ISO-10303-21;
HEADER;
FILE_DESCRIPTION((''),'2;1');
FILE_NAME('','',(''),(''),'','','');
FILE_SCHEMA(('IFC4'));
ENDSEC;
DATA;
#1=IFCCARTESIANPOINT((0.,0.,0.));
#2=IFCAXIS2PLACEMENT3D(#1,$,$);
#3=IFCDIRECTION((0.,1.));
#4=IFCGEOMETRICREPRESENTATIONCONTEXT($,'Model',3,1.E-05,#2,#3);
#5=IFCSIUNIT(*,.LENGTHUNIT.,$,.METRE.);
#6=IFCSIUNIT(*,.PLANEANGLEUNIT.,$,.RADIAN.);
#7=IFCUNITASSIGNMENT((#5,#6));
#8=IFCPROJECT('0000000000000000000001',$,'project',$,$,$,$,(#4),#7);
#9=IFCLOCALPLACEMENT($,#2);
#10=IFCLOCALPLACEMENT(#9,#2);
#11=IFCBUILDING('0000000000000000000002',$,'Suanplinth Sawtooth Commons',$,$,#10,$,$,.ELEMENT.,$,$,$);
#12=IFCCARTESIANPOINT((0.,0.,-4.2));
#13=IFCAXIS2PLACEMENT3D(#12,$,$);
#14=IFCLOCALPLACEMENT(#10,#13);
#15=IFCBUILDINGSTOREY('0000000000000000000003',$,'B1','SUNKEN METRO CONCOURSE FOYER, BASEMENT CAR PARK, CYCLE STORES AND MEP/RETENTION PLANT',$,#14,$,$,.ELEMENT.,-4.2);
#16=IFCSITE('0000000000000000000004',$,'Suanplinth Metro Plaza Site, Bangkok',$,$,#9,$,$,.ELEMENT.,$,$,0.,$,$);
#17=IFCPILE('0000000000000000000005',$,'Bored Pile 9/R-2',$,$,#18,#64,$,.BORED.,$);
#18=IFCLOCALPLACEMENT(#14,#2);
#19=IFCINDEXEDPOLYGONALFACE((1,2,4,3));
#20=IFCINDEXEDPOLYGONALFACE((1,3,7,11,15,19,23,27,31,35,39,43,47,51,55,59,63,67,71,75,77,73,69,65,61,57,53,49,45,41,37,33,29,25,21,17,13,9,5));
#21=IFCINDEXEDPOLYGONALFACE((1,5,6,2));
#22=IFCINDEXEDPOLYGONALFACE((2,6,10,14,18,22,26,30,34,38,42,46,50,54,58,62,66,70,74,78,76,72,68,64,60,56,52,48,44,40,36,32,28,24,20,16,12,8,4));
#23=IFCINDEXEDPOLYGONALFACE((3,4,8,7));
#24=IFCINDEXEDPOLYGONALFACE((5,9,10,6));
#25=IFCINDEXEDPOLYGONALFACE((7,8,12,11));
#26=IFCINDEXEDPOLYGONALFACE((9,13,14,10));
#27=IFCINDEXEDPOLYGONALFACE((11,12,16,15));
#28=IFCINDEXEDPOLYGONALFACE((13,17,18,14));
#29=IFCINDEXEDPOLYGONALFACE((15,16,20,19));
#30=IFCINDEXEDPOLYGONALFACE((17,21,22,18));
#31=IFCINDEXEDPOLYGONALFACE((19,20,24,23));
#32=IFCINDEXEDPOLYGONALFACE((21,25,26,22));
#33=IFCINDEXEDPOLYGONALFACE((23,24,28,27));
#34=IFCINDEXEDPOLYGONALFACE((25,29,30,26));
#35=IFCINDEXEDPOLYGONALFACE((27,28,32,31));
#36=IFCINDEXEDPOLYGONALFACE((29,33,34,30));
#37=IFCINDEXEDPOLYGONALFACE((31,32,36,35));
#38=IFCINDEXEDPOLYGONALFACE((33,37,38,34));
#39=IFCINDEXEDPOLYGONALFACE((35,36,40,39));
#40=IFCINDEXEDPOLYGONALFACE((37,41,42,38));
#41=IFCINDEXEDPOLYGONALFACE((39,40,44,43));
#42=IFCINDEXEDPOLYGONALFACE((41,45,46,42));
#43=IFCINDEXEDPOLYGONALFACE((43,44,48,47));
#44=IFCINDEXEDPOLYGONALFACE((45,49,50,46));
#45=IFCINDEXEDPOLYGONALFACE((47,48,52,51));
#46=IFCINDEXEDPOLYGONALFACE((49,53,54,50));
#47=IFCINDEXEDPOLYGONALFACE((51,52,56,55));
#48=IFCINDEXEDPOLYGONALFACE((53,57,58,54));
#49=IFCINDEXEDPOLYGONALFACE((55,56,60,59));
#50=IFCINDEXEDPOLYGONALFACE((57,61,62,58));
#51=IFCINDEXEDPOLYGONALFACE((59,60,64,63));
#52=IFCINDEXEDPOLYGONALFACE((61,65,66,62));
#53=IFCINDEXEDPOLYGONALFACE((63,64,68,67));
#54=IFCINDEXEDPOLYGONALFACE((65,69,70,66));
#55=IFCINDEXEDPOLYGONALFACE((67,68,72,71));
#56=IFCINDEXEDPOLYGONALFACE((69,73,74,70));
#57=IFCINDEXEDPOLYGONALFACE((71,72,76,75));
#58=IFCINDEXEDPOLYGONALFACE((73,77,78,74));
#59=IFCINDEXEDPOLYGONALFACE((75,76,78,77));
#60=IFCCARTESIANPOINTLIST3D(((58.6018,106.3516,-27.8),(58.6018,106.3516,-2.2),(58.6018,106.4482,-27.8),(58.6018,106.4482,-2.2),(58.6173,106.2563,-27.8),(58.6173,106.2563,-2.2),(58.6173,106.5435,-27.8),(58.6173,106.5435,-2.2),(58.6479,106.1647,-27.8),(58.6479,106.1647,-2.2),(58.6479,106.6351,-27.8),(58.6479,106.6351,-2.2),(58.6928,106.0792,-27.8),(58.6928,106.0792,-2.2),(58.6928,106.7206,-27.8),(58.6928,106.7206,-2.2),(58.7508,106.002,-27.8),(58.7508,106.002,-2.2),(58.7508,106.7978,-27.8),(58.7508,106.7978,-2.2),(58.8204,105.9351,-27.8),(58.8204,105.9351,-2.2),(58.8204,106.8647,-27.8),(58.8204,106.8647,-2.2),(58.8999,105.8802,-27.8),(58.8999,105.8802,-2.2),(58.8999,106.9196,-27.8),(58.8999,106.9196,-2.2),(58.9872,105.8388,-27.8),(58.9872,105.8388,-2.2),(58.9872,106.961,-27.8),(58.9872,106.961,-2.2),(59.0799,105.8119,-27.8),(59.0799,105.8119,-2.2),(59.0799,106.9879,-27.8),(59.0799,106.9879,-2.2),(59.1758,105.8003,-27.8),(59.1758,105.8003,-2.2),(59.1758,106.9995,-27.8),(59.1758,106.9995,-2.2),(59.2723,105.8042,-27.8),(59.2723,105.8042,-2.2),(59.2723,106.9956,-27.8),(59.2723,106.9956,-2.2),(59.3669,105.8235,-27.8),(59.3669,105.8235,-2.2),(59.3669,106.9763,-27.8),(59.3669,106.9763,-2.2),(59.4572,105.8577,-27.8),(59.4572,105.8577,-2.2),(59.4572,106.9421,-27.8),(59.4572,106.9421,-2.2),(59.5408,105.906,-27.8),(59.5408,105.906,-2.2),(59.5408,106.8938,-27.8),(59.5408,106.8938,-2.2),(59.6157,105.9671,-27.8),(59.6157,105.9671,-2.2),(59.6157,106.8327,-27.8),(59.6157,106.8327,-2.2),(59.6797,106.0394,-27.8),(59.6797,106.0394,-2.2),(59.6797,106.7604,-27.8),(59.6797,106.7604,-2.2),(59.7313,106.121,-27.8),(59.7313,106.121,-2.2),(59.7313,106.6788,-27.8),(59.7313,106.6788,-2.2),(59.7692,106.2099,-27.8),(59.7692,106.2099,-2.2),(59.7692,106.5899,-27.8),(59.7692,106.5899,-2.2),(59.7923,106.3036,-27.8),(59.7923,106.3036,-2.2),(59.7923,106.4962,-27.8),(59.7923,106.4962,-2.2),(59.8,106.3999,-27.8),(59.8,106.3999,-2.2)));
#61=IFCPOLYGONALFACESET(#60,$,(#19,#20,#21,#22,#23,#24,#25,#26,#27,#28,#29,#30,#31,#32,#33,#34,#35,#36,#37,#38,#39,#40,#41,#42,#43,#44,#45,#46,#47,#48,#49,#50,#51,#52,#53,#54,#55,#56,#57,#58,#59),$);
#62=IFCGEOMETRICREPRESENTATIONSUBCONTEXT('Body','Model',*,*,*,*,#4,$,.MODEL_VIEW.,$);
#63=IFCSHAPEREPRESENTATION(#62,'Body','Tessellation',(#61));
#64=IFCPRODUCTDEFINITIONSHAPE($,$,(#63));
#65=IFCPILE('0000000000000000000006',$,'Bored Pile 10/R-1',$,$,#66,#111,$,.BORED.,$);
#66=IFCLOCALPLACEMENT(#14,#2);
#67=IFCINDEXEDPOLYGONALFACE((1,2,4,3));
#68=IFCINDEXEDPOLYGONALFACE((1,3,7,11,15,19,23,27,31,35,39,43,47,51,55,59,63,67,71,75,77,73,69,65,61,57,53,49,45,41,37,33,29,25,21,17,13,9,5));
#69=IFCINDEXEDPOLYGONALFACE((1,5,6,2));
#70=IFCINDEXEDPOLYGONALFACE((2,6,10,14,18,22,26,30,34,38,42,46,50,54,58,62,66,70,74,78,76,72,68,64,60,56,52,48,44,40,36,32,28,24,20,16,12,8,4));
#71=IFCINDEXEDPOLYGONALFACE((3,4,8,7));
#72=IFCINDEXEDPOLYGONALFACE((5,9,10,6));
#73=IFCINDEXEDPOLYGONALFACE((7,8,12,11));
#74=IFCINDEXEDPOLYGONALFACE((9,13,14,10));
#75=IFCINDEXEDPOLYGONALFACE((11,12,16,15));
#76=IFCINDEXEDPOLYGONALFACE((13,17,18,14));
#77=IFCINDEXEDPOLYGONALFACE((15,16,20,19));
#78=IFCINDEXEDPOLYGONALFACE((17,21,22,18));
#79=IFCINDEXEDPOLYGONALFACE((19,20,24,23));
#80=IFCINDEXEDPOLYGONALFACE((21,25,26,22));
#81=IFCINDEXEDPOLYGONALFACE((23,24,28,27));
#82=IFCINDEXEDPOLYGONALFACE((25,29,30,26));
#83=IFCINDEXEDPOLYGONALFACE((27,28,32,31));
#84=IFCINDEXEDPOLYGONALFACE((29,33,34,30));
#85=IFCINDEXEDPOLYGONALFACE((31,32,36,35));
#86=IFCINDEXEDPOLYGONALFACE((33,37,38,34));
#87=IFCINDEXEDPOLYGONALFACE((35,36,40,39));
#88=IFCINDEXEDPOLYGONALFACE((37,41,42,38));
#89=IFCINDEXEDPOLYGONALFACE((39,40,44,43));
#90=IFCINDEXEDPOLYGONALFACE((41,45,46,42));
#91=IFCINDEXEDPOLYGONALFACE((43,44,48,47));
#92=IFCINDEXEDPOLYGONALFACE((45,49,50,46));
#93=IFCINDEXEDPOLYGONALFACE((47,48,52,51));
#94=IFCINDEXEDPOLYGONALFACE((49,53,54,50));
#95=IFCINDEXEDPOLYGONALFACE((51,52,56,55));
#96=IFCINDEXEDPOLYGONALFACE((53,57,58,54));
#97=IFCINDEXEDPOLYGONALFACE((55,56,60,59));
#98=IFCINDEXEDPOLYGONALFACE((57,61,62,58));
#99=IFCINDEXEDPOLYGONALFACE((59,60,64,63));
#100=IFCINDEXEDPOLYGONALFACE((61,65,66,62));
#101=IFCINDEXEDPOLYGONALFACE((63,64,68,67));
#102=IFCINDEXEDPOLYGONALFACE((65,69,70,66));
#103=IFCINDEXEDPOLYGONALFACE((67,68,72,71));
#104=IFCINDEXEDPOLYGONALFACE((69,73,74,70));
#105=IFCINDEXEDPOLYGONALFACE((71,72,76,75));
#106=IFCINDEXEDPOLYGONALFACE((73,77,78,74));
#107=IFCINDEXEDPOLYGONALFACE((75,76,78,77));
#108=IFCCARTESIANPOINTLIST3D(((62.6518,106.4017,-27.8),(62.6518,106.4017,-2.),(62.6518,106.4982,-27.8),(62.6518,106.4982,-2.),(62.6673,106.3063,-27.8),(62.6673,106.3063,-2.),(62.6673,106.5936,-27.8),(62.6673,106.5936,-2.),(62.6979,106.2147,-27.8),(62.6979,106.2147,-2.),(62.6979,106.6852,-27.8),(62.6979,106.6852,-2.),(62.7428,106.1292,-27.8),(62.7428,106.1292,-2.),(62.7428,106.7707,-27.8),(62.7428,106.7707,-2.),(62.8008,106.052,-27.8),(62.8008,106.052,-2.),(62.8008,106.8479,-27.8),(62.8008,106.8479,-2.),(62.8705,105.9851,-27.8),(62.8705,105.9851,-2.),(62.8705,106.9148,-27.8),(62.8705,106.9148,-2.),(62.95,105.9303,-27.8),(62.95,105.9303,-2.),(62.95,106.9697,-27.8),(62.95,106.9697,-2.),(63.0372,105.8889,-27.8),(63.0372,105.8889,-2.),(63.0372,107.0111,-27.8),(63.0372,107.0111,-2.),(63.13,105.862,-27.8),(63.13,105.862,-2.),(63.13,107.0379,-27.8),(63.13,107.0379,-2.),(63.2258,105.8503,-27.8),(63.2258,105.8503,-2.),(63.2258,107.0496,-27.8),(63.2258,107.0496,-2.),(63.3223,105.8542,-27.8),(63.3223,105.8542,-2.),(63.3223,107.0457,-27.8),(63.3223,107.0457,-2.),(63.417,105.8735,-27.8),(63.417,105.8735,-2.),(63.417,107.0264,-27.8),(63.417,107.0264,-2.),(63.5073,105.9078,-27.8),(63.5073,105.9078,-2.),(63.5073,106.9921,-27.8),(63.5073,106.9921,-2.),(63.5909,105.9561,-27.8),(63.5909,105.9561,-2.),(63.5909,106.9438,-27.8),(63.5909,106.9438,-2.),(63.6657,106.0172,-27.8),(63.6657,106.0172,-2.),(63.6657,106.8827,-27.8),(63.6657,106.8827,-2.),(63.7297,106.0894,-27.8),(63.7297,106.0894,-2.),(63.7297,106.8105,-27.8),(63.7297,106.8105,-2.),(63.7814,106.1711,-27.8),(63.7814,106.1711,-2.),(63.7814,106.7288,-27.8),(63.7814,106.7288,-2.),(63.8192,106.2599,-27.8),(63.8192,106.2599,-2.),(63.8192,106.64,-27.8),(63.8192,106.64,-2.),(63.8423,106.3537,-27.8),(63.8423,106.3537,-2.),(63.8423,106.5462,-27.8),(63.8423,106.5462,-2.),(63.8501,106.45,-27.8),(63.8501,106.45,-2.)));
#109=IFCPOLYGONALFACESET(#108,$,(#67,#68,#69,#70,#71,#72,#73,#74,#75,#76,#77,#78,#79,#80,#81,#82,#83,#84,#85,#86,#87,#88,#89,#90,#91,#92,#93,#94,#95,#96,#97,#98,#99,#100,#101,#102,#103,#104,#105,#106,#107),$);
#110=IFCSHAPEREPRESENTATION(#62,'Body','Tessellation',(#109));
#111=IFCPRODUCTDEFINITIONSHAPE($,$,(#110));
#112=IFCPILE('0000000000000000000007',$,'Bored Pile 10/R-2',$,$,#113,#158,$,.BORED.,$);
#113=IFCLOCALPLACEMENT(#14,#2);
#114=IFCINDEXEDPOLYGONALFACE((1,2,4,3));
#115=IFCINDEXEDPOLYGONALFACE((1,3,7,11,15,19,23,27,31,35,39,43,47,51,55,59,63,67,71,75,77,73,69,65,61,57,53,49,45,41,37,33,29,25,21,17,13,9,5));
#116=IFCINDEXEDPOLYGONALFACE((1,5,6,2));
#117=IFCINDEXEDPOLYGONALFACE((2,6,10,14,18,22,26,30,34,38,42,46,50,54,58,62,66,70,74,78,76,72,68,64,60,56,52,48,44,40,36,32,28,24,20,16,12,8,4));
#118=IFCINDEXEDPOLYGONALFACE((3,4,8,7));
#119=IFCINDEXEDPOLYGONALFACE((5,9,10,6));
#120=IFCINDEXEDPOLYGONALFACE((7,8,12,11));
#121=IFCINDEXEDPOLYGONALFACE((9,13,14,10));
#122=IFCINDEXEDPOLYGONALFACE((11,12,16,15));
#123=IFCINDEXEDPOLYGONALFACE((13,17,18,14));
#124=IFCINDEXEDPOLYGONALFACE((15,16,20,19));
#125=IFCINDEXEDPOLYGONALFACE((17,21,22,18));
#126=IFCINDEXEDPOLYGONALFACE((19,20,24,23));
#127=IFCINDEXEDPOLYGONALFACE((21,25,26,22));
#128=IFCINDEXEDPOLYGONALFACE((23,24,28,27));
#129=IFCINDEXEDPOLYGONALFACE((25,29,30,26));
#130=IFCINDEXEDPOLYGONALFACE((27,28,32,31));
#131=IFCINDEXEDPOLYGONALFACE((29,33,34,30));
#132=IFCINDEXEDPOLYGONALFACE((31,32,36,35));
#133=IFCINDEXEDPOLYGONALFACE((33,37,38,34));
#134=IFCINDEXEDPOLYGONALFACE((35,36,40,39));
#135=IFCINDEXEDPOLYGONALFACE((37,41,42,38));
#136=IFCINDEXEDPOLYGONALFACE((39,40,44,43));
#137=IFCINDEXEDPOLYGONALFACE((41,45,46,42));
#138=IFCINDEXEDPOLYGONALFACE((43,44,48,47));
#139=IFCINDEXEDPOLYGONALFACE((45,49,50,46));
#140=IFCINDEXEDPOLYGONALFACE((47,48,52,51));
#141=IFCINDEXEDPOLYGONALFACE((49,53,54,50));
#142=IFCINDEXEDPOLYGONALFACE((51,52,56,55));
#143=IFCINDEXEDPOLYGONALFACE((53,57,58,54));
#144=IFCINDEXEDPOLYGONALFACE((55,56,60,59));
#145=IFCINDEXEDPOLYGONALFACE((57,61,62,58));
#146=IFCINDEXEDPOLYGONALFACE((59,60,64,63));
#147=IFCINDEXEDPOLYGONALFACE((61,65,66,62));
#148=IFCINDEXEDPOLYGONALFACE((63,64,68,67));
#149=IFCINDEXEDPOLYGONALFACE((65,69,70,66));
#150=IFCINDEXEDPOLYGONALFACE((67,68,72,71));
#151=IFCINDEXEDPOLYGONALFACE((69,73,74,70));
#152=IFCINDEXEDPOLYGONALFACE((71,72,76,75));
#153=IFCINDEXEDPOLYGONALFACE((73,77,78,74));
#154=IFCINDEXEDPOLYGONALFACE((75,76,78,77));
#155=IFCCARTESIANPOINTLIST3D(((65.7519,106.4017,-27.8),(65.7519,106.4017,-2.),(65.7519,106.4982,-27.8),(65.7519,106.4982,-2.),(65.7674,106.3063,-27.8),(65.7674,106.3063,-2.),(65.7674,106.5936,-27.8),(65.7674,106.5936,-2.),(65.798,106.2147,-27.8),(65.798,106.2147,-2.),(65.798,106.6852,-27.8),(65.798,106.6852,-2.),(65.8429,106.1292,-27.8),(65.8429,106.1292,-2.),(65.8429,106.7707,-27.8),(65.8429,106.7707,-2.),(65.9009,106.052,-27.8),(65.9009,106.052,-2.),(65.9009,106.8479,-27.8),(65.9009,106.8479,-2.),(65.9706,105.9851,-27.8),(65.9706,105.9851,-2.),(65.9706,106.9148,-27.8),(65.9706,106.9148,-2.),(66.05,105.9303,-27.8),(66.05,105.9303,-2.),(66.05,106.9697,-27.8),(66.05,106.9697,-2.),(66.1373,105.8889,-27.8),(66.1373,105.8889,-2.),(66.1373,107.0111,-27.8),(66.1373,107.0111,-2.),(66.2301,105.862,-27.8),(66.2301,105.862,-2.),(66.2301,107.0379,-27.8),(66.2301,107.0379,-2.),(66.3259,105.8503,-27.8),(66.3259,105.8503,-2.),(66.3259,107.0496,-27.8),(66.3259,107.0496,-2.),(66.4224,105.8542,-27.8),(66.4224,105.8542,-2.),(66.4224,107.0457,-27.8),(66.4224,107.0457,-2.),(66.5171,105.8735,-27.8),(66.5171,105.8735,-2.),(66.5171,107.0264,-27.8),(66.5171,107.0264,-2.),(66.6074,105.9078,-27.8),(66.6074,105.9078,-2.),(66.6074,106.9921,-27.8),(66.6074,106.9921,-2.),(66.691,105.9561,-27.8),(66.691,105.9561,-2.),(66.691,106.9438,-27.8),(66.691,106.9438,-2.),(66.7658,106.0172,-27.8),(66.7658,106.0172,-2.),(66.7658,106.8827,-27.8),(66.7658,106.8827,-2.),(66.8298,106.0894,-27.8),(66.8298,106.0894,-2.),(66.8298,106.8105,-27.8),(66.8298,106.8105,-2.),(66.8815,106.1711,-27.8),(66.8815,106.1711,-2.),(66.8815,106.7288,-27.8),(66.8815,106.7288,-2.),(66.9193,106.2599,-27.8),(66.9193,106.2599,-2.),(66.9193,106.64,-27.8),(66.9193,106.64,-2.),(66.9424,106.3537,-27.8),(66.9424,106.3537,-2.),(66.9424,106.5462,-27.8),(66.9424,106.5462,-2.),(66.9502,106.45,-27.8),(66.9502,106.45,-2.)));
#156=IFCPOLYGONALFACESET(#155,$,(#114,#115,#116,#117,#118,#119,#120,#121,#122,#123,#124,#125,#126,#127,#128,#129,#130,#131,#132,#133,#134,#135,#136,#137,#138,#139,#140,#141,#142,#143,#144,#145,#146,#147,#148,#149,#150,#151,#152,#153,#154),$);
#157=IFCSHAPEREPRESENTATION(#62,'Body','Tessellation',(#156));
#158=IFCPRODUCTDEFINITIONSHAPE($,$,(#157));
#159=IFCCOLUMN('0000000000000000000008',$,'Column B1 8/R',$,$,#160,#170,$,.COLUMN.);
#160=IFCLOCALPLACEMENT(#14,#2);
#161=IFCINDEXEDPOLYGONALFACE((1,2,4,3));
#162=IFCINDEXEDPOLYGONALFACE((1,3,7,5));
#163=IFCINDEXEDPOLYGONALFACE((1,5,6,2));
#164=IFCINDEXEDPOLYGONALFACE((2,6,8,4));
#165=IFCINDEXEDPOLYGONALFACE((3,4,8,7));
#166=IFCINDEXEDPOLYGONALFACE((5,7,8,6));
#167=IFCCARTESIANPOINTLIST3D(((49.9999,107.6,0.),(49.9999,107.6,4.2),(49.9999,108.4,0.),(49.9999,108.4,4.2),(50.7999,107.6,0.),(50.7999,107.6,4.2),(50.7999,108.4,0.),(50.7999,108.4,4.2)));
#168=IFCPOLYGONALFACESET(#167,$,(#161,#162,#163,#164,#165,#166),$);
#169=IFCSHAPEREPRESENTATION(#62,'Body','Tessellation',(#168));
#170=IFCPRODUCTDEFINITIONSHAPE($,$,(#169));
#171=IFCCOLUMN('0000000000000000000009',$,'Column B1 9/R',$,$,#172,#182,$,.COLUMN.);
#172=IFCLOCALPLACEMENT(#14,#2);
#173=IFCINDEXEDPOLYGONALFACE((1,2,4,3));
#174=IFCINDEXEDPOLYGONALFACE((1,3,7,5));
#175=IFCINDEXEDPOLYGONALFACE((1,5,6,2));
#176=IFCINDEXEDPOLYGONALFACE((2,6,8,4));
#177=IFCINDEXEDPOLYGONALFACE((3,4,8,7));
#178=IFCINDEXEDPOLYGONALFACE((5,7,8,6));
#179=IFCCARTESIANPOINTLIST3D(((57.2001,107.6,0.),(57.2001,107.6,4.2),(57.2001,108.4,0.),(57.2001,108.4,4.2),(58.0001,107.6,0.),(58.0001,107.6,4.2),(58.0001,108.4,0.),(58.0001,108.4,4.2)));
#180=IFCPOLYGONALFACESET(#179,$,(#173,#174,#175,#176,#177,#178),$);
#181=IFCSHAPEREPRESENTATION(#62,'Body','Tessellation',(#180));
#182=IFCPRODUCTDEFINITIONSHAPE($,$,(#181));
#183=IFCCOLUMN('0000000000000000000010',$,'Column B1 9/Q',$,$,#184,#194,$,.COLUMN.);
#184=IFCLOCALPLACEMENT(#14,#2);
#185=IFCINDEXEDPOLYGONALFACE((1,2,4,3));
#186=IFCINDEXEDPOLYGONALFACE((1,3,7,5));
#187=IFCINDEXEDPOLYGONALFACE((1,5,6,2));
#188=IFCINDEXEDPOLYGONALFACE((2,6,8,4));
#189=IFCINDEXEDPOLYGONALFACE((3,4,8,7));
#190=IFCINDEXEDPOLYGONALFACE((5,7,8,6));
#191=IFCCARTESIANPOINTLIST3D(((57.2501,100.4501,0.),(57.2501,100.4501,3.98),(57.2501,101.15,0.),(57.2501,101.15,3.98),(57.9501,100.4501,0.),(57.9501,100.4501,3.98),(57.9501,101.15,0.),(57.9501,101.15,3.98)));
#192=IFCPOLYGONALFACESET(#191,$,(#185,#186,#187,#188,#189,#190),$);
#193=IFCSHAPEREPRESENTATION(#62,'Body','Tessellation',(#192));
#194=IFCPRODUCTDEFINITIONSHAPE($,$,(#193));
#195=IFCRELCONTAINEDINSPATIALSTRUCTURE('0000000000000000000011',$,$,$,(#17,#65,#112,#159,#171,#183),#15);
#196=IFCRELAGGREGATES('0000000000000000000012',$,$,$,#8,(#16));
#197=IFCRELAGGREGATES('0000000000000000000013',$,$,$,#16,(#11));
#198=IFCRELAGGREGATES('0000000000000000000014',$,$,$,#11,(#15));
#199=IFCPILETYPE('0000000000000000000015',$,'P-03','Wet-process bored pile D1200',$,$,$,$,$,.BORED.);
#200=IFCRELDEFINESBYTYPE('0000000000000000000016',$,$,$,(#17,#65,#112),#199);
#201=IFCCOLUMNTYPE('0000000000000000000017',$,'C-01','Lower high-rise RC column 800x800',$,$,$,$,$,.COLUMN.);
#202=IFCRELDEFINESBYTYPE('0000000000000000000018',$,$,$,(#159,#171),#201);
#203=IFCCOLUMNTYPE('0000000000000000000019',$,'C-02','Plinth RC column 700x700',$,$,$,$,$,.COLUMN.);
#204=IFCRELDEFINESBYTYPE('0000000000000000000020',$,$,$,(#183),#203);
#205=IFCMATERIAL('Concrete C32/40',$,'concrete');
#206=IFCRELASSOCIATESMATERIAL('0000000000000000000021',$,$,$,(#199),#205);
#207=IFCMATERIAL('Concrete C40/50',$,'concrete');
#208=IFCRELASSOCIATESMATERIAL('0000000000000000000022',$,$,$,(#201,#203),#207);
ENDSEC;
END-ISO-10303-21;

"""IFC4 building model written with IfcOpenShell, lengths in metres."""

from ifc_helpers import new_model, si_unit, direction, frame, origin, origin_2d, place, context, subcontext, project, spatial, rectangle, circle, extrude, material, material_profile, profile_set, type_object, element, save


model = new_model("IFC4")

# Units and contexts
model_context = context("Model", 3, precision=1e-05, world=origin(), true_north=direction((0.0, 1.0)))
body_context = subcontext(model_context, "Body", "Model", "MODEL_VIEW")
ifc_project = project(units=[si_unit("LENGTHUNIT", "METRE"), si_unit("PLANEANGLEUNIT", "RADIAN")], contexts=[model_context])

# Site, building, storey
site_placement = place(None, origin())
site = spatial("IfcSite", under=ifc_project, at=site_placement, Name="Suanplinth Metro Plaza Site, Bangkok", CompositionType="ELEMENT", RefElevation=0.0)
building_placement = place(site_placement, origin())
building = spatial("IfcBuilding", under=site, at=building_placement, Name="Suanplinth Sawtooth Commons", CompositionType="ELEMENT")
storey_placement = place(building_placement, frame((0.0, 0.0, -4.2)))
storey = spatial("IfcBuildingStorey", under=building, at=storey_placement, Name="B1", Description="SUNKEN METRO CONCOURSE FOYER, BASEMENT CAR PARK, CYCLE STORES AND MEP/RETENTION PLANT", CompositionType="ELEMENT", Elevation=-4.2)

# Piles
ifc_material_1 = material(Name="Concrete C32/40", Category="concrete")
ifc_material_profile_1 = material_profile(ifc_material_1, circle(Radius=0.6001, at=origin_2d()), Name="PILE D1200")
ifc_profile_set_1 = profile_set([ifc_material_profile_1], Name="Concrete C32/40")
pile_type_1 = type_object("IfcPileType", Name="P-03", Description="Wet-process bored pile D1200", PredefinedType="BORED", material=ifc_profile_set_1)
for number, where, z_axis, x_axis, name in (
    (1, (59.2, 106.3999, -2.2), (0.0, 0.0, -1.0), (1.0, 0.0, 0.0), "Bored Pile 9/R-2"),
):
    element("IfcPile", number, at=place(storey_placement, frame(where, z_axis=z_axis, x_axis=x_axis)), inside=storey, type_object=pile_type_1, Name=name, PredefinedType="BORED", context=body_context, shape_type="SweptSolid", body=[
        extrude(circle(Radius=0.6001, at=origin_2d()), origin(), (0.0, 0.0, 1.0), 25.6001),
    ])
for number, where, z_axis, x_axis, name in (
    (2, (63.25, 106.45, -2.0), (0.0, 0.0, -1.0), (1.0, 0.0, 0.0), "Bored Pile 10/R-1"),
    (3, (66.3501, 106.45, -2.0), (0.0, 0.0, -1.0), (1.0, 0.0, 0.0), "Bored Pile 10/R-2"),
):
    element("IfcPile", number, at=place(storey_placement, frame(where, z_axis=z_axis, x_axis=x_axis)), inside=storey, type_object=pile_type_1, Name=name, PredefinedType="BORED", context=body_context, shape_type="SweptSolid", body=[
        extrude(circle(Radius=0.6001, at=origin_2d()), origin(), (0.0, 0.0, 1.0), 25.8),
    ])

# Columns
ifc_material_2 = material(Name="Concrete C40/50", Category="concrete")
ifc_material_profile_2 = material_profile(ifc_material_2, rectangle(XDim=0.8, YDim=0.8, at=origin_2d()), Name="RC-COL 800x800")
ifc_profile_set_2 = profile_set([ifc_material_profile_2], Name="Concrete C40/50")
column_type_1 = type_object("IfcColumnType", Name="C-01", Description="Lower high-rise RC column 800x800", PredefinedType="COLUMN", material=ifc_profile_set_2)
for number, where, z_axis, x_axis, name in (
    (4, (50.3999, 108.0, 0.0), (0.0, 0.0, 1.0), (1.0, 0.0, 0.0), "Column B1 8/R"),
    (5, (57.6001, 108.0, 0.0), (0.0, 0.0, 1.0), (1.0, 0.0, 0.0), "Column B1 9/R"),
):
    element("IfcColumn", number, at=place(storey_placement, frame(where, z_axis=z_axis, x_axis=x_axis)), inside=storey, type_object=column_type_1, Name=name, PredefinedType="COLUMN", context=body_context, shape_type="SweptSolid", body=[
        extrude(rectangle(XDim=0.8, YDim=0.8, at=origin_2d()), origin(), (0.0, 0.0, 1.0), 4.2),
    ])
ifc_material_profile_3 = material_profile(ifc_material_2, rectangle(XDim=0.7, YDim=0.7, at=origin_2d()), Name="RC-COL 700x700")
ifc_profile_set_3 = profile_set([ifc_material_profile_3], Name="Concrete C40/50")
column_type_2 = type_object("IfcColumnType", Name="C-02", Description="Plinth RC column 700x700", PredefinedType="COLUMN", material=ifc_profile_set_3)
column_placement = place(storey_placement, frame((57.6001, 100.8, 0.0), z_axis=(0.0, 0.0, 1.0), x_axis=(1.0, 0.0, 0.0)))
element("IfcColumn", 6, at=column_placement, inside=storey, type_object=column_type_2, Name="Column B1 9/Q", PredefinedType="COLUMN", context=body_context, shape_type="SweptSolid", body=[
    extrude(rectangle(XDim=0.7, YDim=0.7, at=origin_2d()), origin(), (0.0, 0.0, 1.0), 3.98),
])

save(model, "model.ifc")
